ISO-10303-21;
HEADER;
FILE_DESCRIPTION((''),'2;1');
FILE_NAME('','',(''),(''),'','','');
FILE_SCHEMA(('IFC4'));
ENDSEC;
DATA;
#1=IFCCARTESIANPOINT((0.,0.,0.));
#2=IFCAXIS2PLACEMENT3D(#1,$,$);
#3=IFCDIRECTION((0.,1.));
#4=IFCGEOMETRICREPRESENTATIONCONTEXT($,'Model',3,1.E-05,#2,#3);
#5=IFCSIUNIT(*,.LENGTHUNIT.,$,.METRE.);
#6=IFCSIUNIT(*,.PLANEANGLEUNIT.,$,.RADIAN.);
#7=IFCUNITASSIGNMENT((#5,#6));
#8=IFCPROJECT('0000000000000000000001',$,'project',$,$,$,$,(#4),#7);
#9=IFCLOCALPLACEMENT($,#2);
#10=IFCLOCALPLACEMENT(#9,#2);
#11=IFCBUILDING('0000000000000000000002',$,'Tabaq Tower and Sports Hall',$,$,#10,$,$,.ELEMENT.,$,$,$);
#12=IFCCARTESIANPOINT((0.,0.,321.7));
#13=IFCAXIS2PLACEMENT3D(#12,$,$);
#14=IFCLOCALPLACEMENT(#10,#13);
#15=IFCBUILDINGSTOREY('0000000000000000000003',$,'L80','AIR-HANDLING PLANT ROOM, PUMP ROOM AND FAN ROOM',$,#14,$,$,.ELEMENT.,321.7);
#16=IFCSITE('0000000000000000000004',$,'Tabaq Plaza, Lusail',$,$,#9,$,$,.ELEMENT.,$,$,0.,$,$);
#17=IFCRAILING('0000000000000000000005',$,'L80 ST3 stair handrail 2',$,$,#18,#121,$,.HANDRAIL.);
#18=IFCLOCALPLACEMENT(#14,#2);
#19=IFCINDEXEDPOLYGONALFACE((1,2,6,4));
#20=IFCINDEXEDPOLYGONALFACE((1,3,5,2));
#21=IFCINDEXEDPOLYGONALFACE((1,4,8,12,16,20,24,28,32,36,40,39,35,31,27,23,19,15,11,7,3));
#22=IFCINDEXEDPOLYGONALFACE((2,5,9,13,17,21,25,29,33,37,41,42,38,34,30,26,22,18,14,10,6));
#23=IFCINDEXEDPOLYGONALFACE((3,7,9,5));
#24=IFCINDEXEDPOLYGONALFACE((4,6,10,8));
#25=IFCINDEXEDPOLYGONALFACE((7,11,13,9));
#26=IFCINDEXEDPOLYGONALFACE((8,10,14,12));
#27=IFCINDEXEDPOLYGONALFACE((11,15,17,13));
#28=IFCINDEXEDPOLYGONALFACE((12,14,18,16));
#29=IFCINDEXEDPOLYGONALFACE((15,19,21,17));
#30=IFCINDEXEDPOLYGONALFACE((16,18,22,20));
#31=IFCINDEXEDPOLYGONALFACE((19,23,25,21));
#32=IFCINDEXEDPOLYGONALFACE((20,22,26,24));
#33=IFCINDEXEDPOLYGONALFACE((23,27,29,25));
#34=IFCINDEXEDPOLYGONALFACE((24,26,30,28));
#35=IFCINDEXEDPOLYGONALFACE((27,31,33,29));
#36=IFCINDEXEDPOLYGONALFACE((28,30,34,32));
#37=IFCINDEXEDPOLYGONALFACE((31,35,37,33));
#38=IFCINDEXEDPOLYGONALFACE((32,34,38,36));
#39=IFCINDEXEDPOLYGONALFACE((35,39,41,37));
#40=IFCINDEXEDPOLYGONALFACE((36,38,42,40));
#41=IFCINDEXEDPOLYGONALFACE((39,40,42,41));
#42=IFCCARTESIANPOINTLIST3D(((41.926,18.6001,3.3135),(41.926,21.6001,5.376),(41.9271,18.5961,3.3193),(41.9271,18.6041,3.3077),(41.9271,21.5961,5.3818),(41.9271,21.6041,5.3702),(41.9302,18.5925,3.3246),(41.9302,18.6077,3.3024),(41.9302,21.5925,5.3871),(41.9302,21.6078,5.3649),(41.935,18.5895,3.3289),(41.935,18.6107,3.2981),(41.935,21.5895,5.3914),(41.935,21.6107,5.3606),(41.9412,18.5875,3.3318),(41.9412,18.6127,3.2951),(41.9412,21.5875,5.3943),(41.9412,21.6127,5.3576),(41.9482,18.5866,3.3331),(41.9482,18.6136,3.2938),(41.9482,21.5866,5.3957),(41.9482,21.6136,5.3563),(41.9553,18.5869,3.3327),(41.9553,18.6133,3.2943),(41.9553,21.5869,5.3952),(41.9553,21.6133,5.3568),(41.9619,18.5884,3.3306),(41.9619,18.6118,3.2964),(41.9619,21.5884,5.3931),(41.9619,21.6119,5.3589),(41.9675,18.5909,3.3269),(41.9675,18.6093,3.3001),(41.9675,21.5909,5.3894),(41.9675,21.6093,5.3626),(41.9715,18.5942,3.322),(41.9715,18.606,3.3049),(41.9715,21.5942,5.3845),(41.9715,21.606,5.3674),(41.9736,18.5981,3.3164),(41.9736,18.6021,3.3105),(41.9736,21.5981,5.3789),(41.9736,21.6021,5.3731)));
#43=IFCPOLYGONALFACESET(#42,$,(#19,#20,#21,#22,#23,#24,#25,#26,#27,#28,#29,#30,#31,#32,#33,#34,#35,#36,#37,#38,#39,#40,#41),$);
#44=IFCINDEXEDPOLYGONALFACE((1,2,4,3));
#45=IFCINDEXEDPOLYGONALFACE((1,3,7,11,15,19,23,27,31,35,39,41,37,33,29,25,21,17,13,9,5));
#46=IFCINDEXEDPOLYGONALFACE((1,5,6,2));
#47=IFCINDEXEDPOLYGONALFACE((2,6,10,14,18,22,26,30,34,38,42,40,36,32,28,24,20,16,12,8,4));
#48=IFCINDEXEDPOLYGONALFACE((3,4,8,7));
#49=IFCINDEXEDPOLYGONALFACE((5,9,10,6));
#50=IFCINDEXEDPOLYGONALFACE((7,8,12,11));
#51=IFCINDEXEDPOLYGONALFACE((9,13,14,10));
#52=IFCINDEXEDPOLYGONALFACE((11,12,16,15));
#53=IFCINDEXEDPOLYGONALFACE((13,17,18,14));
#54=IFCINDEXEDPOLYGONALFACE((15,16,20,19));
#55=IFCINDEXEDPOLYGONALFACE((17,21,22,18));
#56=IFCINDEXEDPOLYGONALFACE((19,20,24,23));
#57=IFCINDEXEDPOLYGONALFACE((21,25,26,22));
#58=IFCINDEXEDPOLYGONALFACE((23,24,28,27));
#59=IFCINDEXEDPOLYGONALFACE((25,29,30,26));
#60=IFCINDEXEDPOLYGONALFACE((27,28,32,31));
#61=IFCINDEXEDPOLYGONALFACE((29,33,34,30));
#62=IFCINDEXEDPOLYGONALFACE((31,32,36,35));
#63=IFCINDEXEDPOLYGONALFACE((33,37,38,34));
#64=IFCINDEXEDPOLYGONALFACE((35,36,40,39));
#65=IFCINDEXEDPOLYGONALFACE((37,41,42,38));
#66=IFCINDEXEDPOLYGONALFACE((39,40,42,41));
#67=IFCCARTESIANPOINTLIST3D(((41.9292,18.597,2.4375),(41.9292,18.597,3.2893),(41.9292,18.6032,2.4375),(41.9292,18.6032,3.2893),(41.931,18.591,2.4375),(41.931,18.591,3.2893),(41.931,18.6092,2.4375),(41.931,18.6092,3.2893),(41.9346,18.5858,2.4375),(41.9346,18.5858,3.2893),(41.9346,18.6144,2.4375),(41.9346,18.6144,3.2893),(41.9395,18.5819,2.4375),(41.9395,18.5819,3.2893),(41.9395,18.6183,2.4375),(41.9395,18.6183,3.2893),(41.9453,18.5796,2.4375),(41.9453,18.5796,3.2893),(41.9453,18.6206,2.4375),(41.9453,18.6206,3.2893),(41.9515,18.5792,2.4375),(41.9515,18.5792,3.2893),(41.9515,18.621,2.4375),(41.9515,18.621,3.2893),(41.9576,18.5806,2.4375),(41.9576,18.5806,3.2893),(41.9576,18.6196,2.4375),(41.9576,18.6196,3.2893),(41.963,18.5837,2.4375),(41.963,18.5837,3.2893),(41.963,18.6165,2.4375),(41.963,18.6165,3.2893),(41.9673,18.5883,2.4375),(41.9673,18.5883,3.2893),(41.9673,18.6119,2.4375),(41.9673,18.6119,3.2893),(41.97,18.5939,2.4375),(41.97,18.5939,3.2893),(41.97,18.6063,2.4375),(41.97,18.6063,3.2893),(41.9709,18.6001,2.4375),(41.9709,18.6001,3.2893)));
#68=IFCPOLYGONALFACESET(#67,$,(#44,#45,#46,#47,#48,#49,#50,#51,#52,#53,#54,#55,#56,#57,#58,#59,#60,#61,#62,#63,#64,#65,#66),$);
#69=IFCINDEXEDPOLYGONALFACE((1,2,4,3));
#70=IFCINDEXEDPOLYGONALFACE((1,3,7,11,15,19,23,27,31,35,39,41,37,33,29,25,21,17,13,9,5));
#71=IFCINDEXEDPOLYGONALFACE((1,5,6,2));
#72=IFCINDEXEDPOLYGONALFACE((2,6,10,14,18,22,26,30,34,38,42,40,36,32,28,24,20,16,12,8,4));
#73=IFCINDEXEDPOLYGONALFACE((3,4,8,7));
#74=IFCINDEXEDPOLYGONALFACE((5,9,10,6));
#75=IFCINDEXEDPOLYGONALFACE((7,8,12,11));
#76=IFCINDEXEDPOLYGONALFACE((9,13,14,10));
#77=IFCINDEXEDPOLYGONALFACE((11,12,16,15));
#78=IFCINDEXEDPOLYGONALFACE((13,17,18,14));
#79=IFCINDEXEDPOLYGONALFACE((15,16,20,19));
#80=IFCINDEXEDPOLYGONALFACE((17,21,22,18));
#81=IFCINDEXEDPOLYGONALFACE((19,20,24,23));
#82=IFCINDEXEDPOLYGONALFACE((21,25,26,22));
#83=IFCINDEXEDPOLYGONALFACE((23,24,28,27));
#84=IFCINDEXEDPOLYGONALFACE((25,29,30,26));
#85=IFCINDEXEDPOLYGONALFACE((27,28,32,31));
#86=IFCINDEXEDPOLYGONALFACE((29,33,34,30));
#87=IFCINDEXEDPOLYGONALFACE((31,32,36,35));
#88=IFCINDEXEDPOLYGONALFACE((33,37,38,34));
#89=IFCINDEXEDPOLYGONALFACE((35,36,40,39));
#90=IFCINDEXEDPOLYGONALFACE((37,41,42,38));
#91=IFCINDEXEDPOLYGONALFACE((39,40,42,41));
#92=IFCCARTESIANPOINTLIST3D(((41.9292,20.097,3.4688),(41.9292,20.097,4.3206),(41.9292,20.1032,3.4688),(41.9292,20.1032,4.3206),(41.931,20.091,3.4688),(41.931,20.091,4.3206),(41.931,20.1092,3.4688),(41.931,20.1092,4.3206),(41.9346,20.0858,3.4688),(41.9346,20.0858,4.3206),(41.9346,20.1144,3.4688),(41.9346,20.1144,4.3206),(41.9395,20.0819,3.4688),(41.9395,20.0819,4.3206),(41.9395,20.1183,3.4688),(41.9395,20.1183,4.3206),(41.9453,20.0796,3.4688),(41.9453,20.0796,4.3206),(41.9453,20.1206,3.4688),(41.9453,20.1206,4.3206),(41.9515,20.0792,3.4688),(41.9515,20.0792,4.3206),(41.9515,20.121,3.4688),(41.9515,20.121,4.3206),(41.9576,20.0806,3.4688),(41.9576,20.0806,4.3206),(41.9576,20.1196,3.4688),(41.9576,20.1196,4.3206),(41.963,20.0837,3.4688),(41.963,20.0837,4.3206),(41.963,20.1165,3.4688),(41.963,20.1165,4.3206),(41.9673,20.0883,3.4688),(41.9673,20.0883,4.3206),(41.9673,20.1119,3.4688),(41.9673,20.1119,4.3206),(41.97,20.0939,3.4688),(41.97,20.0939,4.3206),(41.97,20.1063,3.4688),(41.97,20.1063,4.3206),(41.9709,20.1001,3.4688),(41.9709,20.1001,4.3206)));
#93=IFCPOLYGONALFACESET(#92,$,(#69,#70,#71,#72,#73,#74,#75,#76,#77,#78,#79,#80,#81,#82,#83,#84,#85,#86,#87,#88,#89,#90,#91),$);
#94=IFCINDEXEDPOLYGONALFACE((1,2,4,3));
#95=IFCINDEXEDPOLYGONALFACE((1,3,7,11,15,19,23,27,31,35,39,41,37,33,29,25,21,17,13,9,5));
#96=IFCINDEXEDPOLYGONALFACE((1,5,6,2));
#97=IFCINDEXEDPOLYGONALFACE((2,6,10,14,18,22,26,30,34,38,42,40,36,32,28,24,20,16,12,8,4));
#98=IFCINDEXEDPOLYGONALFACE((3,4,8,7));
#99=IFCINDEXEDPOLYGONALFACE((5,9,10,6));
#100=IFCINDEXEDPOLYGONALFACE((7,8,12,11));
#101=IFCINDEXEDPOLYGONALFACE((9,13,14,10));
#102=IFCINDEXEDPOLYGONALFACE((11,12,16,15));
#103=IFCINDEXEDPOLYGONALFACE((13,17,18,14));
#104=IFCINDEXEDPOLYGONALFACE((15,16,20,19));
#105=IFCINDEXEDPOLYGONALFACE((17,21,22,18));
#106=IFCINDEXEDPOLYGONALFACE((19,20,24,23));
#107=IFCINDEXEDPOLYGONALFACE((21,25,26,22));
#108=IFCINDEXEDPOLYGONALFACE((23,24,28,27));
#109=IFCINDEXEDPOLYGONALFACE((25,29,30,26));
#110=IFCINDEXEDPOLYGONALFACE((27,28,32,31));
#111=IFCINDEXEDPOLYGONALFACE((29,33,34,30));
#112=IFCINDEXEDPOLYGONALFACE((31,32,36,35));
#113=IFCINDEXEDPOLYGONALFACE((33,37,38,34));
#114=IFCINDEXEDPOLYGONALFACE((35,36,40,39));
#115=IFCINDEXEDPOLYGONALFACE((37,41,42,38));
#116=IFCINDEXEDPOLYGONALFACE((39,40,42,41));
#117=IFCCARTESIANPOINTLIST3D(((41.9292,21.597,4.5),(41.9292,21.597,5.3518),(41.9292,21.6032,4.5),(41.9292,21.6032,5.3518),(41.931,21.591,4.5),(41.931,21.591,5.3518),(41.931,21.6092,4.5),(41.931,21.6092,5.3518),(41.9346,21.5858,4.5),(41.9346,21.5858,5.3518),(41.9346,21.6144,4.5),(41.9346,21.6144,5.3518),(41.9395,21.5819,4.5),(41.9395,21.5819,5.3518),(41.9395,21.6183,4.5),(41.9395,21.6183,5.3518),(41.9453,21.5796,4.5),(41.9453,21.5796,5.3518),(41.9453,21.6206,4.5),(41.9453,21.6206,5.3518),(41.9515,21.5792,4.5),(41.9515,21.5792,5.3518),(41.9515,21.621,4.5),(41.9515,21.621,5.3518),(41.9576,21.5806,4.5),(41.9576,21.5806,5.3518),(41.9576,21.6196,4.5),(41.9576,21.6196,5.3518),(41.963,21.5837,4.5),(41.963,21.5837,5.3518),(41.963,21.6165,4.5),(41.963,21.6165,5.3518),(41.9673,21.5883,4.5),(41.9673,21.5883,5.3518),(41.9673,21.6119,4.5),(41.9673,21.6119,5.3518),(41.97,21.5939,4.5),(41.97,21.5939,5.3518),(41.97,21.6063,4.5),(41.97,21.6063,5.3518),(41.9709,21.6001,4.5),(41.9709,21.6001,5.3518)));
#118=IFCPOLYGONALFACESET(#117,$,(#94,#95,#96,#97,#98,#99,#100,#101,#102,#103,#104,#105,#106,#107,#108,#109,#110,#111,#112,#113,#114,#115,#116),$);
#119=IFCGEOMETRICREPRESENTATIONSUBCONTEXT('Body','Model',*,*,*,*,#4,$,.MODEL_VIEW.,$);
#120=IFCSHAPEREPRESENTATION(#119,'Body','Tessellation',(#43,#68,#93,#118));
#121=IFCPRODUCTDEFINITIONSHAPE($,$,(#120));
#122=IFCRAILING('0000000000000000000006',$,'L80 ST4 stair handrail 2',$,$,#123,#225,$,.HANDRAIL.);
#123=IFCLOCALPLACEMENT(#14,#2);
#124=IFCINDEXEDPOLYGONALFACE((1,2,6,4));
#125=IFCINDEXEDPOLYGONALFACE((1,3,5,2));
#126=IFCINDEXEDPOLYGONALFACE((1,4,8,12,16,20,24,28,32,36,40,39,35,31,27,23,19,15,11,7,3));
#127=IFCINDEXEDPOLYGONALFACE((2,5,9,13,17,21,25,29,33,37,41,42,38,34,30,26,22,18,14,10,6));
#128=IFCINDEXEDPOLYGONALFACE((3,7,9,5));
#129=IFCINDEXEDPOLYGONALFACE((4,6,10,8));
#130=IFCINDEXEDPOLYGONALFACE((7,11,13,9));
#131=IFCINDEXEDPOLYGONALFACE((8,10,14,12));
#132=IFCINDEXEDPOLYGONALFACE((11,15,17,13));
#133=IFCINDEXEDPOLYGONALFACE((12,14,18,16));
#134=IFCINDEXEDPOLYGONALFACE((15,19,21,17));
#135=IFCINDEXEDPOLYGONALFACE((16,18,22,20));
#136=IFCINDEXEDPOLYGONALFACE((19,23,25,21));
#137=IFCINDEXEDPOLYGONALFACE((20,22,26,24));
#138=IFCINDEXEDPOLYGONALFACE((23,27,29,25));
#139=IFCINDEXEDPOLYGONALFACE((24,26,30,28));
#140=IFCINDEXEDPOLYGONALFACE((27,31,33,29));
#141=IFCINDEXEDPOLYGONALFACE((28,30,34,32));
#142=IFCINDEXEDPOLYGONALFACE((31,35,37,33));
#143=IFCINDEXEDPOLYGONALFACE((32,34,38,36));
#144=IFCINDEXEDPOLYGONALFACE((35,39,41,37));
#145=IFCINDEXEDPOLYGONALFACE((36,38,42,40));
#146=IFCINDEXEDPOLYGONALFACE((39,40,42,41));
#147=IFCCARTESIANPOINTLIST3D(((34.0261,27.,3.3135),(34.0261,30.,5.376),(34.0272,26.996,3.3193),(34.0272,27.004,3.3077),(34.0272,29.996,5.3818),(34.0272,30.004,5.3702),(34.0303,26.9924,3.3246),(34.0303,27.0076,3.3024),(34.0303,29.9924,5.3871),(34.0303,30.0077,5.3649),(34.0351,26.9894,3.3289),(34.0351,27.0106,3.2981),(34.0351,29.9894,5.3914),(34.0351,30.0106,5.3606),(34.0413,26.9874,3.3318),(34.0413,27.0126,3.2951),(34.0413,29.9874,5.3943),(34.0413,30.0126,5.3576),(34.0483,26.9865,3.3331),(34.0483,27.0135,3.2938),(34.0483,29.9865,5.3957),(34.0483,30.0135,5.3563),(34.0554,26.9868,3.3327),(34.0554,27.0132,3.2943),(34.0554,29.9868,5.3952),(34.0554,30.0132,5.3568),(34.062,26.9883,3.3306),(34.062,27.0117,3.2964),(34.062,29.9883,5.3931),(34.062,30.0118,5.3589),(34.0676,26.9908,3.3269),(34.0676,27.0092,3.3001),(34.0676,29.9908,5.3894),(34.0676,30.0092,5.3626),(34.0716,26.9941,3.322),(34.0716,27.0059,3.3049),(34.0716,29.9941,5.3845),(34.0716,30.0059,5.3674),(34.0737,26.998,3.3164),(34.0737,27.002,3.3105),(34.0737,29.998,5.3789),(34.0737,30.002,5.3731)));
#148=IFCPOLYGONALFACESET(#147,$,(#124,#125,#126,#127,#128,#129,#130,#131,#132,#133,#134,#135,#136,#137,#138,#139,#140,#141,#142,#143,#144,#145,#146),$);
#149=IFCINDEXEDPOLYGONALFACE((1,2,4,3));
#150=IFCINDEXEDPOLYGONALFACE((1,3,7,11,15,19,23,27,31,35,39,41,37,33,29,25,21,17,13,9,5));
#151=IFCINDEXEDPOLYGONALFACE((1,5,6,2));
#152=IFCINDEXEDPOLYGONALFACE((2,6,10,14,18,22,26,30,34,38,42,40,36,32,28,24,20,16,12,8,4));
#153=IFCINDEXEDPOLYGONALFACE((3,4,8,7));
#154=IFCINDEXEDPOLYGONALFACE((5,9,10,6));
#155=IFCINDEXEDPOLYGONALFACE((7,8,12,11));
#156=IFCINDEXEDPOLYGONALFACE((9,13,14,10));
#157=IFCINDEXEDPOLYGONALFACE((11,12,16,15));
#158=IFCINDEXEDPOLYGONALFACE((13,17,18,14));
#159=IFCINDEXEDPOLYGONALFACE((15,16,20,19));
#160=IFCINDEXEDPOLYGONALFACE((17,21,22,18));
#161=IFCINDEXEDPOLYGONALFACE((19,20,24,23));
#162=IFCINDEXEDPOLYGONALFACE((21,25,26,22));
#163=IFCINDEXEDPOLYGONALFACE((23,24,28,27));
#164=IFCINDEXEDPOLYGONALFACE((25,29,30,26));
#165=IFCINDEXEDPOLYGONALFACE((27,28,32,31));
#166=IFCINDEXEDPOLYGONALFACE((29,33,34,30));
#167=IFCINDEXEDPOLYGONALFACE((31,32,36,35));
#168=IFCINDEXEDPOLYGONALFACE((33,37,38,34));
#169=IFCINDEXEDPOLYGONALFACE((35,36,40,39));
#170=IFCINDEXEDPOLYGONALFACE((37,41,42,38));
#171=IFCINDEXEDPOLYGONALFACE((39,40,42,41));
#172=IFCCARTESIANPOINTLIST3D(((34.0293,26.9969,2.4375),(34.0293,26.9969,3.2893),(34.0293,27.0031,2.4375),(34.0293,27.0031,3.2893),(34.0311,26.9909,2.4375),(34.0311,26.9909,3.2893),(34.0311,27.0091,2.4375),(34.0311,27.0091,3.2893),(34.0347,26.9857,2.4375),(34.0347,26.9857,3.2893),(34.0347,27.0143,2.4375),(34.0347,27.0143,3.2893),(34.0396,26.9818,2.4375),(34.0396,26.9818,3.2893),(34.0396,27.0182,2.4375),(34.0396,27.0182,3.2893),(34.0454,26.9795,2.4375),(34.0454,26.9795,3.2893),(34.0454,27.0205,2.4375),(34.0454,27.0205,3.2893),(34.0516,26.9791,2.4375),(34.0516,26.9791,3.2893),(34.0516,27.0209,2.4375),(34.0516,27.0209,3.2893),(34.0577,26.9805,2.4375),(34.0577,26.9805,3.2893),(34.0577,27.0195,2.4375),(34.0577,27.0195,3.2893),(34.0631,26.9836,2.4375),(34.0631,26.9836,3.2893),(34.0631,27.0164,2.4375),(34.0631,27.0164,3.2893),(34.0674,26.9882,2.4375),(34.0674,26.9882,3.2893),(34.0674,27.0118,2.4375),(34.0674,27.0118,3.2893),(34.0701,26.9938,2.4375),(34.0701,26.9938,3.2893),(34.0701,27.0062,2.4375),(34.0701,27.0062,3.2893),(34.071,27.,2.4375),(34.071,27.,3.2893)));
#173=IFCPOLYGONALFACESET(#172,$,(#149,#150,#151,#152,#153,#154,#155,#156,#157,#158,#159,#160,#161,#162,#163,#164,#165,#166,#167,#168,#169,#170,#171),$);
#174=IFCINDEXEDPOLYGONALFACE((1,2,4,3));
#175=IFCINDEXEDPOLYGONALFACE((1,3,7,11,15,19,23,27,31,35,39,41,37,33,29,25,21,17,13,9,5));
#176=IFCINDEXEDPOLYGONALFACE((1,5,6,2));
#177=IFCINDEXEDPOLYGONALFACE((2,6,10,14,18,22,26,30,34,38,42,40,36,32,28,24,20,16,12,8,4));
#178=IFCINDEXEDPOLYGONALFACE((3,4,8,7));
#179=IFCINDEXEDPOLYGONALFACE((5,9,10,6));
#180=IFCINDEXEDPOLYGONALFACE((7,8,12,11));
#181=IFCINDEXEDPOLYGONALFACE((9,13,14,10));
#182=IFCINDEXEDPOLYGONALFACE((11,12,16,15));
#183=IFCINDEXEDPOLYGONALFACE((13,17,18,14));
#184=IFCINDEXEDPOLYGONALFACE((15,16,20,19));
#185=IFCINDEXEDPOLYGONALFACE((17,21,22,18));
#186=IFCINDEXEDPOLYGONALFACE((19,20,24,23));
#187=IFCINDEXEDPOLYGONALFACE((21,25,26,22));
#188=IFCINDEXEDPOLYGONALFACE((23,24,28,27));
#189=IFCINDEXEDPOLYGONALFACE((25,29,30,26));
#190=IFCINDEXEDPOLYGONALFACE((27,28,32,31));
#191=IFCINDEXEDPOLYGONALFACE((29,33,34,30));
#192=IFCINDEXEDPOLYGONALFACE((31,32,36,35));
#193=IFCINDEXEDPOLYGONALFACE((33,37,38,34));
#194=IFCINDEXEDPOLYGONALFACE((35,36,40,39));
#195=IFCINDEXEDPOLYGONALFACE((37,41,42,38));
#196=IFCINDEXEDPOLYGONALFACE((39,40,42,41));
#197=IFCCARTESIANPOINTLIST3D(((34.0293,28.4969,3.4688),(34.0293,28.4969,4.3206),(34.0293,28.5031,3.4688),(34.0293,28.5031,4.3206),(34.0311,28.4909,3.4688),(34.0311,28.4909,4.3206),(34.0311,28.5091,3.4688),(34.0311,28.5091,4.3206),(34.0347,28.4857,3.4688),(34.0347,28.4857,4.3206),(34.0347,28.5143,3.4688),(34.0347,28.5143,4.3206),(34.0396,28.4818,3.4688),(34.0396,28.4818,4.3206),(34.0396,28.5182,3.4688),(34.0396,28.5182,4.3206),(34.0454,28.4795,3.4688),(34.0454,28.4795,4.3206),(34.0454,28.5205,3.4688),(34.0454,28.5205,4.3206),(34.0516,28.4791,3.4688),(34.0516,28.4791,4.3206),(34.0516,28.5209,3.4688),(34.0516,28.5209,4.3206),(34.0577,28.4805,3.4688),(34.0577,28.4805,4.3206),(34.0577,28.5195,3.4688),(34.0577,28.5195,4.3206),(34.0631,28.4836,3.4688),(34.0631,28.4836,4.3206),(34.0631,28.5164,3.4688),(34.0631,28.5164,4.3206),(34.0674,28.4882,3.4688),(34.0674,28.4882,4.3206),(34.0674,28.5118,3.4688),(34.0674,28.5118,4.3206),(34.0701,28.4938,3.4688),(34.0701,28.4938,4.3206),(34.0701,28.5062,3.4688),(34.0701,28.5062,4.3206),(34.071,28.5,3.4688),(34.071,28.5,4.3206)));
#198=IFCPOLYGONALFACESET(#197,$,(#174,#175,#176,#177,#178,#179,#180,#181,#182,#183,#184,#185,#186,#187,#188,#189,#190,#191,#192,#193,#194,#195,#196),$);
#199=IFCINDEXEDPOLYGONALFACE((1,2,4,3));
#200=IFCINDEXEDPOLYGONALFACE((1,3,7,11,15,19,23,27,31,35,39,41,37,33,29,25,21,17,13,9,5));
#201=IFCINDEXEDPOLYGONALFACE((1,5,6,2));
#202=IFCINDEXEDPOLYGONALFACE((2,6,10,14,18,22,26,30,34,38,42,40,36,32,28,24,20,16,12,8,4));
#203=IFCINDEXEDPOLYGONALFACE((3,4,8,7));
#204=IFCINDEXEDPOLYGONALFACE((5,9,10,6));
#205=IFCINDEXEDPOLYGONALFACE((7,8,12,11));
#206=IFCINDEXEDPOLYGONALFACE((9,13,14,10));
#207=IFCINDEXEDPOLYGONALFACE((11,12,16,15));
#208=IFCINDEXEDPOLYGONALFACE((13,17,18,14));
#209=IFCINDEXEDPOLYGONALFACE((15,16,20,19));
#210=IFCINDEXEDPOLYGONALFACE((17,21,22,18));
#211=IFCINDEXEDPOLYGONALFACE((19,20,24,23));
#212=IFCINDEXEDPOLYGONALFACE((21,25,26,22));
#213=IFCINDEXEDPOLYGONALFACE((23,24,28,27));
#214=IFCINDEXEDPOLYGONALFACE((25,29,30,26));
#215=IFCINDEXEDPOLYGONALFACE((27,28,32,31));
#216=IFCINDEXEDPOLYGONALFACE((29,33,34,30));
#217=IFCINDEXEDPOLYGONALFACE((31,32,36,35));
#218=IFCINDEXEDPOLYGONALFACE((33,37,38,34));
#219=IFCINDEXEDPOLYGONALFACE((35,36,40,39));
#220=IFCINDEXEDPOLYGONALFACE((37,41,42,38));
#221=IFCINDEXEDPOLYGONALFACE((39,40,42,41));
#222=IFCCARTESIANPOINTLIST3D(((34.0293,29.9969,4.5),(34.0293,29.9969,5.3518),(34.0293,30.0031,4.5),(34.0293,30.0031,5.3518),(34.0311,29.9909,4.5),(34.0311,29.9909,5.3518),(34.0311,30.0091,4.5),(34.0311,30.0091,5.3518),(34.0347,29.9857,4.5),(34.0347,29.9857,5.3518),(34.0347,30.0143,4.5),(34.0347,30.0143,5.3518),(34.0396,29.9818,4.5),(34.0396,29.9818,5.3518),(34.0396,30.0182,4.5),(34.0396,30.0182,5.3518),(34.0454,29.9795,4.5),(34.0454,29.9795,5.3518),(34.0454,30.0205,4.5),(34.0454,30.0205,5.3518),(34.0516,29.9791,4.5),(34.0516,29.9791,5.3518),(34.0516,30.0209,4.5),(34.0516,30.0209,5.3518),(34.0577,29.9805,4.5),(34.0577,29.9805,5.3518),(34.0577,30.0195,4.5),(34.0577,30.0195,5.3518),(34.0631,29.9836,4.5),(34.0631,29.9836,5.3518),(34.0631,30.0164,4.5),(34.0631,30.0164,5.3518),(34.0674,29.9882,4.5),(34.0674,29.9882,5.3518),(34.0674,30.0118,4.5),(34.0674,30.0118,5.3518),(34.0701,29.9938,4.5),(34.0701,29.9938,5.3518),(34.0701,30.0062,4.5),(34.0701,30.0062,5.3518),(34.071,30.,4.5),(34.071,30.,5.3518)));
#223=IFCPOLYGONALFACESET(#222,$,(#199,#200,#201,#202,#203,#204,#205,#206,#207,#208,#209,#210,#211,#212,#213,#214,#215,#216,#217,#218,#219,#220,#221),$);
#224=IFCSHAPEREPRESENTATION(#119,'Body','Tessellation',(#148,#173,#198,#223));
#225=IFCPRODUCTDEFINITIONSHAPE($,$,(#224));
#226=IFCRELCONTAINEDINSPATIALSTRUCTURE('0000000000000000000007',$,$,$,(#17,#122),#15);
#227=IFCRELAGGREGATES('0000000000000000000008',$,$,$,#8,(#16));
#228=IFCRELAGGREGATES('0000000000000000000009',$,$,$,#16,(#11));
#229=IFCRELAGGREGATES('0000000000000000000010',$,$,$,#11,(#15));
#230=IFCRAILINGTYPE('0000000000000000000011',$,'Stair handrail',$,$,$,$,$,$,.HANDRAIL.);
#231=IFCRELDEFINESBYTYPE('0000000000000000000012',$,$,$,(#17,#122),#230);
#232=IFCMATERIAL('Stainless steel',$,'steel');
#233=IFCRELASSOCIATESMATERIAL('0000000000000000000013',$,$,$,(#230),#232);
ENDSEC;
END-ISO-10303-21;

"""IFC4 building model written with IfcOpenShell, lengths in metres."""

from ifc_helpers import new_model, si_unit, direction, frame, origin, origin_2d, place, context, subcontext, project, spatial, circle, extrude, material, type_object, element, save


model = new_model("IFC4")

# Units and contexts
model_context = context("Model", 3, precision=1e-05, world=origin(), true_north=direction((0.0, 1.0)))
body_context = subcontext(model_context, "Body", "Model", "MODEL_VIEW")
ifc_project = project(units=[si_unit("LENGTHUNIT", "METRE"), si_unit("PLANEANGLEUNIT", "RADIAN")], contexts=[model_context])

# Site, building, storey
site_placement = place(None, origin())
site = spatial("IfcSite", under=ifc_project, at=site_placement, Name="Tabaq Plaza, Lusail", CompositionType="ELEMENT", RefElevation=0.0)
building_placement = place(site_placement, origin())
building = spatial("IfcBuilding", under=site, at=building_placement, Name="Tabaq Tower and Sports Hall", CompositionType="ELEMENT")
storey_placement = place(building_placement, frame((0.0, 0.0, 321.7)))
storey = spatial("IfcBuildingStorey", under=building, at=storey_placement, Name="L80", Description="AIR-HANDLING PLANT ROOM, PUMP ROOM AND FAN ROOM", CompositionType="ELEMENT", Elevation=321.7)

# Railings
ifc_material_1 = material(Name="Stainless steel", Category="steel")
railing_type_1 = type_object("IfcRailingType", Name="Stair handrail", PredefinedType="HANDRAIL", material=ifc_material_1)
for number, where, name in (
    (1, (41.95, 18.6001, 2.4375), "L80 ST3 stair handrail 2"),
    (2, (34.05, 27.0, 2.4375), "L80 ST4 stair handrail 2"),
):
    element("IfcRailing", number, at=place(storey_placement, frame(where)), inside=storey, type_object=railing_type_1, Name=name, PredefinedType="HANDRAIL", context=body_context, shape_type="SweptSolid", body=[
        extrude(circle(Radius=0.0239, at=origin_2d()), frame((0.0, 0.0, 0.876), z_axis=(0.0, 0.824042, 0.566529), x_axis=(-1.0, 0.0, 0.0)), (0.0, 0.0, 1.0), 3.6406),
        extrude(circle(Radius=0.021, at=origin_2d()), origin(), (0.0, 0.0, 1.0), 0.8518),
        extrude(circle(Radius=0.021, at=origin_2d()), frame((0.0, 1.5, 1.0312)), (0.0, 0.0, 1.0), 0.8518),
        extrude(circle(Radius=0.021, at=origin_2d()), frame((0.0, 3.0, 2.0625)), (0.0, 0.0, 1.0), 0.8518),
    ])

save(model, "model.ifc")
